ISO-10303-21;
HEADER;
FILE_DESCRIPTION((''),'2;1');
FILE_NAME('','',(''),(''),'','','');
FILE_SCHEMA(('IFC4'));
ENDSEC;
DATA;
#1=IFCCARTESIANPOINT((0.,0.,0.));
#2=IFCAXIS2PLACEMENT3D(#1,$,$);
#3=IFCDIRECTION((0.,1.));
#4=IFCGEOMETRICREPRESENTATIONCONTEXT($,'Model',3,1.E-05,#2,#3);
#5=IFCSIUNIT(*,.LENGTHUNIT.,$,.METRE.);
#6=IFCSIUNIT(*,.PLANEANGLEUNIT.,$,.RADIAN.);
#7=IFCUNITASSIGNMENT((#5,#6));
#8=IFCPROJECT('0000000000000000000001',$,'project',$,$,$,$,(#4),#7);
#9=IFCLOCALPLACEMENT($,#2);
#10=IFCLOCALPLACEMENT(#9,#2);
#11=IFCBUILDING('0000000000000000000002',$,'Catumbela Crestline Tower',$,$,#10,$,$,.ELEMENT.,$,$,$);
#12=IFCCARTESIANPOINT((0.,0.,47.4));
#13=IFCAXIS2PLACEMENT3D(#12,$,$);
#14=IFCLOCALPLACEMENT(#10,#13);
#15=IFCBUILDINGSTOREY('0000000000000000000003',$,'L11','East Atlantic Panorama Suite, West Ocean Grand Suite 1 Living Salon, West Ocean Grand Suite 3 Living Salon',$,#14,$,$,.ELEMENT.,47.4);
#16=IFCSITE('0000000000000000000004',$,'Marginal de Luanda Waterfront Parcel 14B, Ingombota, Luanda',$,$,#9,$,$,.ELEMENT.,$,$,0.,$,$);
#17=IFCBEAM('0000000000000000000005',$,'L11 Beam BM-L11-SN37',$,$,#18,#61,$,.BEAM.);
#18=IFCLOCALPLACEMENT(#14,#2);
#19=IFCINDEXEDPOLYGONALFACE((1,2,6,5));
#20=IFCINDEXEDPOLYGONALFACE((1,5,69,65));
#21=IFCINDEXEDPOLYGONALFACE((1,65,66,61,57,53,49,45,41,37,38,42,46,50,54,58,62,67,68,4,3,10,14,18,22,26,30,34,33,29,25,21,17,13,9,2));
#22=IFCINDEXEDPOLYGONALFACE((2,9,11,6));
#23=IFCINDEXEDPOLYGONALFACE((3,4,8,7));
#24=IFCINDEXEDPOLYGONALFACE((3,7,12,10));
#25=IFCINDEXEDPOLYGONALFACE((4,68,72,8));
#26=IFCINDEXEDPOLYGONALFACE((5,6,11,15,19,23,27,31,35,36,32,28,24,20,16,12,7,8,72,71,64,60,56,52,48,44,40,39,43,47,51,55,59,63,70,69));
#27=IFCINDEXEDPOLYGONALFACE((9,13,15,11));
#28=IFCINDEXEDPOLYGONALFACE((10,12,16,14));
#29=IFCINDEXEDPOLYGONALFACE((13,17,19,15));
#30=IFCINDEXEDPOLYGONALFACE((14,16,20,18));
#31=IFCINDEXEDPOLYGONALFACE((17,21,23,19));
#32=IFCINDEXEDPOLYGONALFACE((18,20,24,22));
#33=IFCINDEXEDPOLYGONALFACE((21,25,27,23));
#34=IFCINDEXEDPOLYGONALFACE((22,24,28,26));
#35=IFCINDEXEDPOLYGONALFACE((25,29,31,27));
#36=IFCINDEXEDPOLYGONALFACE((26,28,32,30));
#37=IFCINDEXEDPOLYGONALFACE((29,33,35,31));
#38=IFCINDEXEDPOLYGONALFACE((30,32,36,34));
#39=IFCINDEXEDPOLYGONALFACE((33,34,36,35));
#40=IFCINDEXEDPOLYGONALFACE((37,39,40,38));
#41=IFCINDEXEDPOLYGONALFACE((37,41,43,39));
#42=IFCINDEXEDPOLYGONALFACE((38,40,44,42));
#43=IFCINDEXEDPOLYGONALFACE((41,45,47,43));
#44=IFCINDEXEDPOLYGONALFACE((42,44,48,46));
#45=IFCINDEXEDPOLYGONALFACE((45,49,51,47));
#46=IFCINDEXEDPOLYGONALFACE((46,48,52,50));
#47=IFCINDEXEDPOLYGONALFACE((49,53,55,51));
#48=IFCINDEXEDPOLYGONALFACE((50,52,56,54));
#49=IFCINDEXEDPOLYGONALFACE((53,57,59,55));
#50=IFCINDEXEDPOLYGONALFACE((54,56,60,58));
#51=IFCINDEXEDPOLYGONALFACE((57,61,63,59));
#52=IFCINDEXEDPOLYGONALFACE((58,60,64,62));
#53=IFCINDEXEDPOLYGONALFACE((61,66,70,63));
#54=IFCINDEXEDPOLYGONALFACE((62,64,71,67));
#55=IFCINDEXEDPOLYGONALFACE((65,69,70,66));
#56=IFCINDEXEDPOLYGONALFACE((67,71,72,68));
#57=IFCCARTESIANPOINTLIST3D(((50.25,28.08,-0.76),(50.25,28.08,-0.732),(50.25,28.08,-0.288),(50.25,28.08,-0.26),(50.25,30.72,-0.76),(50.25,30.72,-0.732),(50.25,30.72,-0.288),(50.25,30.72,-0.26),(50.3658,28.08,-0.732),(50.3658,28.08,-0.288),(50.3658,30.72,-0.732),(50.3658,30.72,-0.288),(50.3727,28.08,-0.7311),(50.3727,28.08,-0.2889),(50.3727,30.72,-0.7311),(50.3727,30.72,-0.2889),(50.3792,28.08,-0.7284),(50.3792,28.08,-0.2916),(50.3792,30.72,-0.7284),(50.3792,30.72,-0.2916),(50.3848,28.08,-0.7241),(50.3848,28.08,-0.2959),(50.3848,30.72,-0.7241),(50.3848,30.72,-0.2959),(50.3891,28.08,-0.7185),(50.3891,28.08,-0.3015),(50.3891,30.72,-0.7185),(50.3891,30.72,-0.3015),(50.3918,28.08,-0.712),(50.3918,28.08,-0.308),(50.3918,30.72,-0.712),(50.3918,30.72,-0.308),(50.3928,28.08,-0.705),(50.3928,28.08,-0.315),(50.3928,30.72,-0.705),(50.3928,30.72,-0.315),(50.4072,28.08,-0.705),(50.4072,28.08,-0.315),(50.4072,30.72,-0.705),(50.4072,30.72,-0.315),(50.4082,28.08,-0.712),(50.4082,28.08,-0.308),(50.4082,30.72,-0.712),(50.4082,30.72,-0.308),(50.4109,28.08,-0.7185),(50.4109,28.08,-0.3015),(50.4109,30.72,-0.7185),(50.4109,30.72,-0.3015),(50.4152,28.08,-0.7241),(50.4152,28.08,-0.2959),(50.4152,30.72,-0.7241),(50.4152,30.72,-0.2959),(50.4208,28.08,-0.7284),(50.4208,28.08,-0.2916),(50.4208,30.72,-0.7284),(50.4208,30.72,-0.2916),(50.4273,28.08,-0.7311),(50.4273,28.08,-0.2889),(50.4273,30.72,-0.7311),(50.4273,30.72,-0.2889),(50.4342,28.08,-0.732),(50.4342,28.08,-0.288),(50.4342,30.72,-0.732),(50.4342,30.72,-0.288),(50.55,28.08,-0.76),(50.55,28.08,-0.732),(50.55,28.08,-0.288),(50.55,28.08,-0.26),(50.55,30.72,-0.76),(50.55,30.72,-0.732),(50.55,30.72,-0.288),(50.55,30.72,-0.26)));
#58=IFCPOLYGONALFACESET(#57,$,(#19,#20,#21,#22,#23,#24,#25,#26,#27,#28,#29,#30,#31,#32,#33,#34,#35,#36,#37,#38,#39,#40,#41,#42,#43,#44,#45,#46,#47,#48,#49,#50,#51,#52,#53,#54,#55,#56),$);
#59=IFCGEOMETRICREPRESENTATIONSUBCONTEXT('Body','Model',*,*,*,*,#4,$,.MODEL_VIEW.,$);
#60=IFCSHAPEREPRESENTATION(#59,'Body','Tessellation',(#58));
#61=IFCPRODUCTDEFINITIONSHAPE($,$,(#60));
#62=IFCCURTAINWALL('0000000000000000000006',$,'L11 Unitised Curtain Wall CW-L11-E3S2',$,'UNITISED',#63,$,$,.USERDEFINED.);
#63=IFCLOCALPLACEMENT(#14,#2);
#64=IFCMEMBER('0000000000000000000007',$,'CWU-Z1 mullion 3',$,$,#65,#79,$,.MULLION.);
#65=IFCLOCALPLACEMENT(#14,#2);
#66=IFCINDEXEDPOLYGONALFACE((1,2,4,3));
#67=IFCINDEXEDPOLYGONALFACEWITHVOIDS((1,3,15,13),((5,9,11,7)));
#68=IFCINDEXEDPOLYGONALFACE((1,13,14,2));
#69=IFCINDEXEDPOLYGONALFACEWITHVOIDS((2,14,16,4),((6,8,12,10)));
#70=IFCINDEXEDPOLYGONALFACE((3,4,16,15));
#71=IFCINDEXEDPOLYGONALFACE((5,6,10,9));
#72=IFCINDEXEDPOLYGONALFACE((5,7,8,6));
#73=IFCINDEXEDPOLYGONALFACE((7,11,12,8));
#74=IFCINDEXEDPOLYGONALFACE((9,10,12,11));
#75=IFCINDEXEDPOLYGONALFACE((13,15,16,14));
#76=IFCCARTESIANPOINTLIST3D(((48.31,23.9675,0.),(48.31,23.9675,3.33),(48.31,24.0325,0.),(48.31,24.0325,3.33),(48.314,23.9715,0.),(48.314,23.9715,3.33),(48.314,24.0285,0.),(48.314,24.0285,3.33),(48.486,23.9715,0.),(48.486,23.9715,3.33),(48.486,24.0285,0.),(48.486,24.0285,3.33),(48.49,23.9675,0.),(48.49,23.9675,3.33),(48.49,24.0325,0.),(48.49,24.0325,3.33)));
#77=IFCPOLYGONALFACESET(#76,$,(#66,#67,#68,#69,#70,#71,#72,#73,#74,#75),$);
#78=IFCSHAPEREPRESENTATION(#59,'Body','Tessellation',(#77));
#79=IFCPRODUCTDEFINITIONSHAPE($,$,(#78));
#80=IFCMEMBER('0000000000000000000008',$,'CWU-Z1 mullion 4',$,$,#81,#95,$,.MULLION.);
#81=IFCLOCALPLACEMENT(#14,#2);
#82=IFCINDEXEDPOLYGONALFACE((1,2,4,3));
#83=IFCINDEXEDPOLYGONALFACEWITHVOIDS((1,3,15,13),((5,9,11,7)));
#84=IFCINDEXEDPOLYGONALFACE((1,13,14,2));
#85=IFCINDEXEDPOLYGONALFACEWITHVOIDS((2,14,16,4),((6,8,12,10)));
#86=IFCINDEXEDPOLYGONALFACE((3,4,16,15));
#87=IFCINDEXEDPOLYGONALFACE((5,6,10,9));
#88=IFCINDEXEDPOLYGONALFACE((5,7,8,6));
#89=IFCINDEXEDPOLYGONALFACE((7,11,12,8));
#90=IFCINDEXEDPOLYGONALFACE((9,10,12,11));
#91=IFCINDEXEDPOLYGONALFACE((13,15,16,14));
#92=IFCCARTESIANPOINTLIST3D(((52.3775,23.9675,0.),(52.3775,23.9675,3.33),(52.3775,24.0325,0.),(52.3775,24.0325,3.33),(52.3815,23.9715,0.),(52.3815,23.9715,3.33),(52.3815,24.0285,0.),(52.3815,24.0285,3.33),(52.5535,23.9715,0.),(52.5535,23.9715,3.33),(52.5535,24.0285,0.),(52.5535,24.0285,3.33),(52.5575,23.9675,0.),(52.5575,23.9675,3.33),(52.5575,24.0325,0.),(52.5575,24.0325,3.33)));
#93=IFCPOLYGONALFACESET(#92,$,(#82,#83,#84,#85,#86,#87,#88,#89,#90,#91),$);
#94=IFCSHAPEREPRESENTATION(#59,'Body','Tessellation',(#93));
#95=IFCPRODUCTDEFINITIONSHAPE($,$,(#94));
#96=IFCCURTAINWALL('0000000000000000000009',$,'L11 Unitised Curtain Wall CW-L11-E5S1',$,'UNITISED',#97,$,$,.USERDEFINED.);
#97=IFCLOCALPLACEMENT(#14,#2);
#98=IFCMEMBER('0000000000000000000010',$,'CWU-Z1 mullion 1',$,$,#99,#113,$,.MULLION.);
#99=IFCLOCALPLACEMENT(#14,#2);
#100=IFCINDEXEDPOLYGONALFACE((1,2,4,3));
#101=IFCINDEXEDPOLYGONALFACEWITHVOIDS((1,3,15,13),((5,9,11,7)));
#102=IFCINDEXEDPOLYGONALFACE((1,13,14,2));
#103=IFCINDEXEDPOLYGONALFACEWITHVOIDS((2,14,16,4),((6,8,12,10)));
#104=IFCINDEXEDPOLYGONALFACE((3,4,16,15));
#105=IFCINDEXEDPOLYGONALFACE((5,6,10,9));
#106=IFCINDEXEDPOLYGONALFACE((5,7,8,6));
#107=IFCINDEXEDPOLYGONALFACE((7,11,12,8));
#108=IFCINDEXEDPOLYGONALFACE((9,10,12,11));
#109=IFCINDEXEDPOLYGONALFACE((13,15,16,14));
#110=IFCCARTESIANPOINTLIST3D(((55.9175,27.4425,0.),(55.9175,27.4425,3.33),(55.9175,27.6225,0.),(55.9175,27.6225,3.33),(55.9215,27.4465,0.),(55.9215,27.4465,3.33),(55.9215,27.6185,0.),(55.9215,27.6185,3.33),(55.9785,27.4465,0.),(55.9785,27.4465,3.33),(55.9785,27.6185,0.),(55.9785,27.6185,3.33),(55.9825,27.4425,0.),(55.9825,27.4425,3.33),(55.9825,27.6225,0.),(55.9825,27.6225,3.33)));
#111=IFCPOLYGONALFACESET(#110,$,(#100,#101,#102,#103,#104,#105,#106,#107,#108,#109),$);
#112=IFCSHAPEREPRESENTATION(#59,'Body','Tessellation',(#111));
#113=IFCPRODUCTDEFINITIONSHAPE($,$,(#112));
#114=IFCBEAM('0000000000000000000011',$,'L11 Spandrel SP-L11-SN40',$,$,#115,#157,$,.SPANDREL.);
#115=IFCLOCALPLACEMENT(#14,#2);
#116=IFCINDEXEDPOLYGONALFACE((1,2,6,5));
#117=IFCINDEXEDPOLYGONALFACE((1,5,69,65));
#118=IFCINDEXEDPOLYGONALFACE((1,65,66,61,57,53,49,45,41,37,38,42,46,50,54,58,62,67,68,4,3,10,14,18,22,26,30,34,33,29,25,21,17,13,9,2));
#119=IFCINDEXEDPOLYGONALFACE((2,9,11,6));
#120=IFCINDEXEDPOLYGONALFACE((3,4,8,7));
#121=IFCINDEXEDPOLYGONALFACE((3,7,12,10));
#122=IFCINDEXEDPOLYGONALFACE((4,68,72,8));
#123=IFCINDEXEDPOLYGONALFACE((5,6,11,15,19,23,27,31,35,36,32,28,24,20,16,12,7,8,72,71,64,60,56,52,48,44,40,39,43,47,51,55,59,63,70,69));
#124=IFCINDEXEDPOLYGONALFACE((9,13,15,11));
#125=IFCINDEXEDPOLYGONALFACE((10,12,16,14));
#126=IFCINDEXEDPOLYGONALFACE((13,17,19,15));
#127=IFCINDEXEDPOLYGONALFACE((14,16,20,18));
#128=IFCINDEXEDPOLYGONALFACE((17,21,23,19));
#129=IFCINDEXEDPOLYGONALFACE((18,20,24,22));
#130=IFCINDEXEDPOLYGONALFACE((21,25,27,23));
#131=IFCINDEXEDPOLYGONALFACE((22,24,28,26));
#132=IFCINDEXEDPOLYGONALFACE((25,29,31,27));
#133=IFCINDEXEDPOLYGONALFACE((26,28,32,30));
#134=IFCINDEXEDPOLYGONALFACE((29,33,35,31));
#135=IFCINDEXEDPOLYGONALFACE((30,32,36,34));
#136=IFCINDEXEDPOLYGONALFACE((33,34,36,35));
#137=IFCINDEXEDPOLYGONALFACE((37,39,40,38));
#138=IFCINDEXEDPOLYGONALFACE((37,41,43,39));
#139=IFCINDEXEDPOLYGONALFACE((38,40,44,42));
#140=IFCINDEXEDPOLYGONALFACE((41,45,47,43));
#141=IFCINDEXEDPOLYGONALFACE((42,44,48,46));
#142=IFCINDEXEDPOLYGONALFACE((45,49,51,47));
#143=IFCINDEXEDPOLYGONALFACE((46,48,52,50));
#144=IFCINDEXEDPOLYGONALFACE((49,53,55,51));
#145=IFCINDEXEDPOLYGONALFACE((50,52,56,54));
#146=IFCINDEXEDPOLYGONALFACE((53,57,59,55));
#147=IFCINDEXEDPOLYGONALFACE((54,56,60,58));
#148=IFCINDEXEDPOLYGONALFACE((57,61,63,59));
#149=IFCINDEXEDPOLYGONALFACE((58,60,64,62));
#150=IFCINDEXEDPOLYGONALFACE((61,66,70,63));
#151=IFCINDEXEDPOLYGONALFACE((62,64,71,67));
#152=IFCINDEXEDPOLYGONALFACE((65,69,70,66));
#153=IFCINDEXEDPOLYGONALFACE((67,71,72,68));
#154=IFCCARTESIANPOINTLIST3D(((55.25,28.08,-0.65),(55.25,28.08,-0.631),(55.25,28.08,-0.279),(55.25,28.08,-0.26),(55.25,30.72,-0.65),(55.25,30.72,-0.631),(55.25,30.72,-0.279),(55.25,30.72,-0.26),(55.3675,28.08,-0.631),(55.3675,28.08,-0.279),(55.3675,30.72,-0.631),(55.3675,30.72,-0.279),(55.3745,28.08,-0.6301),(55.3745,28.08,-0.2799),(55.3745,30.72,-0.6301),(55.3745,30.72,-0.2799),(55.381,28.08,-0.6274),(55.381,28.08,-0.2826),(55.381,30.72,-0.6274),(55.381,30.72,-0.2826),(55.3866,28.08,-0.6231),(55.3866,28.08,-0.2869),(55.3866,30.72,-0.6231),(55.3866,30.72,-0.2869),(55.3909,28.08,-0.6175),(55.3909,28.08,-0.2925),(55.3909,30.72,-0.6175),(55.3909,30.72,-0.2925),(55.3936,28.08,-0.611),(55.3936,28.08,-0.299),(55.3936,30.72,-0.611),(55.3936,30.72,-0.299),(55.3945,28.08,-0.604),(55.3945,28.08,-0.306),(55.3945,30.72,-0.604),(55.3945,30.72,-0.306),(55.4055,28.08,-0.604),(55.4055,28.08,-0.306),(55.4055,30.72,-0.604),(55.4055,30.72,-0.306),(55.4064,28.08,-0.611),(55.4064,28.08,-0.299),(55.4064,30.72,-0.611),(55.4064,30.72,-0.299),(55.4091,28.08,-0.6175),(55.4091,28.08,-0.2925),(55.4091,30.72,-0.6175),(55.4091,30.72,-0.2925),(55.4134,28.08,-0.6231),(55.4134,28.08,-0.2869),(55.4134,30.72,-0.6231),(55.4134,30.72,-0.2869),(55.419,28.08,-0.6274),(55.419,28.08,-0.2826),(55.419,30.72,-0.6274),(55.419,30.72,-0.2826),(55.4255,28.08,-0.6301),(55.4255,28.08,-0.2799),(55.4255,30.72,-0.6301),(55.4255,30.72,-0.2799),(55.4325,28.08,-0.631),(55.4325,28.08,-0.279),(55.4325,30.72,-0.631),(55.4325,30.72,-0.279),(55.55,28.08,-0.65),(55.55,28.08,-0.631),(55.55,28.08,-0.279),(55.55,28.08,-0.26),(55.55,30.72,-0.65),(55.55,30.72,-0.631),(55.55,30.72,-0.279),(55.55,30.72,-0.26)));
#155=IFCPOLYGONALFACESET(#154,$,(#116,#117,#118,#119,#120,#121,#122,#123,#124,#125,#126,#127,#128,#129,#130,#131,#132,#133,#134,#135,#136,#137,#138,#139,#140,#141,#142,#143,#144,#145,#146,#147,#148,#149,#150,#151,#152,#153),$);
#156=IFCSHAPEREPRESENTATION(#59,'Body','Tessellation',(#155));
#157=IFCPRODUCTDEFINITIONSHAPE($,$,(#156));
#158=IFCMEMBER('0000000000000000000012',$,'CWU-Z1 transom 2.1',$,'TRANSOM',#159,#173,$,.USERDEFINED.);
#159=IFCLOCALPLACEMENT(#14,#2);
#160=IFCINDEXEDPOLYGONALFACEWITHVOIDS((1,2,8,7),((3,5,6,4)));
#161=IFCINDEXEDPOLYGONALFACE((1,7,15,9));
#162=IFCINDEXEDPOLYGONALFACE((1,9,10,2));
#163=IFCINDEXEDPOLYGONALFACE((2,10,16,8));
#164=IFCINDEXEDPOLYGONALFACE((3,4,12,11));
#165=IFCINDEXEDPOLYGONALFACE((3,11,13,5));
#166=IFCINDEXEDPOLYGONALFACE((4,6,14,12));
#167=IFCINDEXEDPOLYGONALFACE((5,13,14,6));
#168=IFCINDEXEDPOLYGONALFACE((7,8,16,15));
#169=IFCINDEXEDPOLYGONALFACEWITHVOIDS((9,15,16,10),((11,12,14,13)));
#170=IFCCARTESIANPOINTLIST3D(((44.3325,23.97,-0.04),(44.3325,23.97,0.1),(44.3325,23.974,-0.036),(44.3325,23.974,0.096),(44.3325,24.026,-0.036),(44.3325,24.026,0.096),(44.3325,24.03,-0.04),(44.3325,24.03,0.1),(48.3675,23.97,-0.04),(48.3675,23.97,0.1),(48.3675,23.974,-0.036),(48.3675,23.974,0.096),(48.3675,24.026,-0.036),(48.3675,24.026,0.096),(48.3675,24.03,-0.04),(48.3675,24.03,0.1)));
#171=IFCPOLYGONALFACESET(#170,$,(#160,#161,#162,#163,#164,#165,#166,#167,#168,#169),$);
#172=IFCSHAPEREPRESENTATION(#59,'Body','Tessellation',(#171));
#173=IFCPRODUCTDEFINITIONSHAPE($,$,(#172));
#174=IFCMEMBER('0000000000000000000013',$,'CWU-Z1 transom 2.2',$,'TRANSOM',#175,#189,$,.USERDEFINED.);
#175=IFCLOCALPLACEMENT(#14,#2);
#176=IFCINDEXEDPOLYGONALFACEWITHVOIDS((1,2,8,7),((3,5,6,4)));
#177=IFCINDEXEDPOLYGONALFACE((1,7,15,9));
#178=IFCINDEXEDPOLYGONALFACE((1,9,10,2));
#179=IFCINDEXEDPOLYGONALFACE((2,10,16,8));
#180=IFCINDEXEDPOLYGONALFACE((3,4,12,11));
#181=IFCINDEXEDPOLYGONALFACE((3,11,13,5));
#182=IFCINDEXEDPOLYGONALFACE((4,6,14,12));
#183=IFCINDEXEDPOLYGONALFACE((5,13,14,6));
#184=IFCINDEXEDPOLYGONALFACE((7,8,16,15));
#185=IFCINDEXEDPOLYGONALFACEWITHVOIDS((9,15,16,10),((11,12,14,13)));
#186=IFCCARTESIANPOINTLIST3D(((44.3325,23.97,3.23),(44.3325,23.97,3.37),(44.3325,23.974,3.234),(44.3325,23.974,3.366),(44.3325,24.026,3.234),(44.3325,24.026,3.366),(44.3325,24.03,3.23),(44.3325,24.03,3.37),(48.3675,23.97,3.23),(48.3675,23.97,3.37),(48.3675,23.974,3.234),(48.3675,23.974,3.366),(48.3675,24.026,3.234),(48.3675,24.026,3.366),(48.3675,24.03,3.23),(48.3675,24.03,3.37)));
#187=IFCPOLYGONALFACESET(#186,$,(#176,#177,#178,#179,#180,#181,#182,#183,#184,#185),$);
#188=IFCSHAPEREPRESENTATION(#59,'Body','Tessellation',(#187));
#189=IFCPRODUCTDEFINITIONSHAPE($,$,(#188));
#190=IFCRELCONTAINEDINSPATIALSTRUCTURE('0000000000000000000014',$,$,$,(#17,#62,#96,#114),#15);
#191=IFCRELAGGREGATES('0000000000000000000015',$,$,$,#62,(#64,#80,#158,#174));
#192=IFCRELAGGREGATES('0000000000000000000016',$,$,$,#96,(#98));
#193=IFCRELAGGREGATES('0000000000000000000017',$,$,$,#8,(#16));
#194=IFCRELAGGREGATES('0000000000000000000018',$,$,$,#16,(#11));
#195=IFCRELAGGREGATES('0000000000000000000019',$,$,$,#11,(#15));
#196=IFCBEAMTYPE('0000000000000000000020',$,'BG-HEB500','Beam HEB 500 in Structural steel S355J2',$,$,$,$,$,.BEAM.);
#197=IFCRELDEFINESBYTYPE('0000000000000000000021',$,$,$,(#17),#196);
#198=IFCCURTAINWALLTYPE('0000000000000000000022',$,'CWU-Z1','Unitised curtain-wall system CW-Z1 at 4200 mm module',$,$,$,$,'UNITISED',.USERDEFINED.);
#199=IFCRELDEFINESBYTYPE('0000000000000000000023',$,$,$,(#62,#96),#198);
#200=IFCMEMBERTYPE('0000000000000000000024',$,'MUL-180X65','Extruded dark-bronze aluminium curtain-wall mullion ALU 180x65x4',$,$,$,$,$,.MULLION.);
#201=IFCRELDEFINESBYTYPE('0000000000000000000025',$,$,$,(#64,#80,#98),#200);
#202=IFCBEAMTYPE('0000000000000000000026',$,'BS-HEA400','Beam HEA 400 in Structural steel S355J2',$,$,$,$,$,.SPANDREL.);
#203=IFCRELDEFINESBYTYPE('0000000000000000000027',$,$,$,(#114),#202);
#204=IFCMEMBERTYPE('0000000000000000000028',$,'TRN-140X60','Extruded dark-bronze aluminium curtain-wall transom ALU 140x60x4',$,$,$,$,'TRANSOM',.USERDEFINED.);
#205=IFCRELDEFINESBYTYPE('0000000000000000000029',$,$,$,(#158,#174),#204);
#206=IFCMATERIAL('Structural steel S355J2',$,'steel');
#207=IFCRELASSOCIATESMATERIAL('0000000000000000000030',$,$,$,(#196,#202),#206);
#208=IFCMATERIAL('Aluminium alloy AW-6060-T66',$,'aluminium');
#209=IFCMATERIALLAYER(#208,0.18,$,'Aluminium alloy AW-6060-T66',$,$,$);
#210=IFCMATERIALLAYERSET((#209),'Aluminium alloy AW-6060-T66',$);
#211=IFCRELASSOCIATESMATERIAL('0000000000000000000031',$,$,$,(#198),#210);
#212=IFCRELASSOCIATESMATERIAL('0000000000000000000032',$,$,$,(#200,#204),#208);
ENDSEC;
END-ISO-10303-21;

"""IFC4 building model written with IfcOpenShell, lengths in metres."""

from ifc_helpers import new_model, si_unit, direction, frame, origin, origin_2d, place, context, subcontext, project, spatial, hollow_rectangle, i_section, extrude, material, layer, layer_set, material_profile, profile_set, type_object, element, aggregate, save


model = new_model("IFC4")

# Units and contexts
model_context = context("Model", 3, precision=1e-05, world=origin(), true_north=direction((0.0, 1.0)))
body_context = subcontext(model_context, "Body", "Model", "MODEL_VIEW")
ifc_project = project(units=[si_unit("LENGTHUNIT", "METRE"), si_unit("PLANEANGLEUNIT", "RADIAN")], contexts=[model_context])

# Site, building, storey
site_placement = place(None, origin())
site = spatial("IfcSite", under=ifc_project, at=site_placement, Name="Marginal de Luanda Waterfront Parcel 14B, Ingombota, Luanda", CompositionType="ELEMENT", RefElevation=0.0)
building_placement = place(site_placement, origin())
building = spatial("IfcBuilding", under=site, at=building_placement, Name="Catumbela Crestline Tower", CompositionType="ELEMENT")
storey_placement = place(building_placement, frame((0.0, 0.0, 47.4)))
storey = spatial("IfcBuildingStorey", under=building, at=storey_placement, Name="L11", Description="East Atlantic Panorama Suite, West Ocean Grand Suite 1 Living Salon, West Ocean Grand Suite 3 Living Salon", CompositionType="ELEMENT", Elevation=47.4)

# Beam
ifc_material_1 = material(Name="Structural steel S355J2", Category="steel")
ifc_material_profile_1 = material_profile(ifc_material_1, i_section(OverallWidth=0.3, OverallDepth=0.5, WebThickness=0.0145, FlangeThickness=0.028, FilletRadius=0.027, at=origin_2d()), Name="HEB 500")
ifc_profile_set_1 = profile_set([ifc_material_profile_1], Name="Structural steel S355J2")
beam_type_1 = type_object("IfcBeamType", Name="BG-HEB500", Description="Beam HEB 500 in Structural steel S355J2", PredefinedType="BEAM", material=ifc_profile_set_1)
beam_1_placement = place(storey_placement, frame((50.4, 28.08, -0.51), z_axis=(0.0, 1.0, 0.0), x_axis=(-1.0, 0.0, 0.0)))
element("IfcBeam", 1, at=beam_1_placement, inside=storey, type_object=beam_type_1, Name="L11 Beam BM-L11-SN37", PredefinedType="BEAM", context=body_context, shape_type="SweptSolid", body=[
    extrude(i_section(OverallWidth=0.3, OverallDepth=0.5, WebThickness=0.0145, FlangeThickness=0.028, FilletRadius=0.027, at=origin_2d()), origin(), (0.0, 0.0, 1.0), 2.64),
])

# Curtain wall, members
ifc_material_2 = material(Name="Aluminium alloy AW-6060-T66", Category="aluminium")
ifc_layer_1 = layer(ifc_material_2, 0.18, Name="Aluminium alloy AW-6060-T66")
ifc_layer_set_1 = layer_set([ifc_layer_1], Name="Aluminium alloy AW-6060-T66")
curtain_wall_type = type_object("IfcCurtainWallType", Name="CWU-Z1", Description="Unitised curtain-wall system CW-Z1 at 4200 mm module", ElementType="UNITISED", PredefinedType="USERDEFINED", material=ifc_layer_set_1)
curtain_wall_1_placement = place(storey_placement, origin())
curtain_wall_1 = element("IfcCurtainWall", 2, at=curtain_wall_1_placement, inside=storey, type_object=curtain_wall_type, Name="L11 Unitised Curtain Wall CW-L11-E3S2", ObjectType="UNITISED", PredefinedType="USERDEFINED")
ifc_material_profile_2 = material_profile(ifc_material_2, hollow_rectangle(XDim=0.065, YDim=0.18, WallThickness=0.004, at=origin_2d()), Name="ALU 180x65x4")
ifc_profile_set_2 = profile_set([ifc_material_profile_2], Name="Aluminium alloy AW-6060-T66")
member_type_1 = type_object("IfcMemberType", Name="MUL-180X65", Description="Extruded dark-bronze aluminium curtain-wall mullion ALU 180x65x4", PredefinedType="MULLION", material=ifc_profile_set_2)
member_1_placement = place(storey_placement, frame((48.4, 24.0, 0.0), z_axis=(0.0, 0.0, 1.0), x_axis=(0.0, 1.0, 0.0)))
member_1 = element("IfcMember", 3, at=member_1_placement, type_object=member_type_1, Name="CWU-Z1 mullion 3", PredefinedType="MULLION", context=body_context, shape_type="SweptSolid", body=[
    extrude(hollow_rectangle(XDim=0.065, YDim=0.18, WallThickness=0.004, at=origin_2d()), origin(), (0.0, 0.0, 1.0), 3.33),
])
member_2_placement = place(storey_placement, frame((52.4675, 24.0, 0.0), z_axis=(0.0, 0.0, 1.0), x_axis=(0.0, 1.0, 0.0)))
member_2 = element("IfcMember", 4, at=member_2_placement, type_object=member_type_1, Name="CWU-Z1 mullion 4", PredefinedType="MULLION", context=body_context, shape_type="SweptSolid", body=[
    extrude(hollow_rectangle(XDim=0.065, YDim=0.18, WallThickness=0.004, at=origin_2d()), origin(), (0.0, 0.0, 1.0), 3.33),
])

# Curtain wall, member
curtain_wall_2_placement = place(storey_placement, origin())
curtain_wall_2 = element("IfcCurtainWall", 5, at=curtain_wall_2_placement, inside=storey, type_object=curtain_wall_type, Name="L11 Unitised Curtain Wall CW-L11-E5S1", ObjectType="UNITISED", PredefinedType="USERDEFINED")
member_3_placement = place(storey_placement, frame((55.95, 27.5325, 0.0), z_axis=(0.0, 0.0, 1.0), x_axis=(-1.0, 0.0, 0.0)))
member_3 = element("IfcMember", 6, at=member_3_placement, type_object=member_type_1, Name="CWU-Z1 mullion 1", PredefinedType="MULLION", context=body_context, shape_type="SweptSolid", body=[
    extrude(hollow_rectangle(XDim=0.065, YDim=0.18, WallThickness=0.004, at=origin_2d()), origin(), (0.0, 0.0, 1.0), 3.33),
])

# Beam
ifc_material_profile_3 = material_profile(ifc_material_1, i_section(OverallWidth=0.3, OverallDepth=0.39, WebThickness=0.011, FlangeThickness=0.019, FilletRadius=0.027, at=origin_2d()), Name="HEA 400")
ifc_profile_set_3 = profile_set([ifc_material_profile_3], Name="Structural steel S355J2")
beam_type_2 = type_object("IfcBeamType", Name="BS-HEA400", Description="Beam HEA 400 in Structural steel S355J2", PredefinedType="SPANDREL", material=ifc_profile_set_3)
beam_2_placement = place(storey_placement, frame((55.4, 28.08, -0.455), z_axis=(0.0, 1.0, 0.0), x_axis=(-1.0, 0.0, 0.0)))
element("IfcBeam", 7, at=beam_2_placement, inside=storey, type_object=beam_type_2, Name="L11 Spandrel SP-L11-SN40", PredefinedType="SPANDREL", context=body_context, shape_type="SweptSolid", body=[
    extrude(i_section(OverallWidth=0.3, OverallDepth=0.39, WebThickness=0.011, FlangeThickness=0.019, FilletRadius=0.027, at=origin_2d()), origin(), (0.0, 0.0, 1.0), 2.64),
])

# Members
ifc_material_profile_4 = material_profile(ifc_material_2, hollow_rectangle(XDim=0.06, YDim=0.14, WallThickness=0.004, at=origin_2d()), Name="ALU 140x60x4")
ifc_profile_set_4 = profile_set([ifc_material_profile_4], Name="Aluminium alloy AW-6060-T66")
member_type_2 = type_object("IfcMemberType", Name="TRN-140X60", Description="Extruded dark-bronze aluminium curtain-wall transom ALU 140x60x4", ElementType="TRANSOM", PredefinedType="USERDEFINED", material=ifc_profile_set_4)
member_4_placement = place(storey_placement, frame((44.3325, 24.0, 0.03), z_axis=(1.0, 0.0, 0.0), x_axis=(0.0, 1.0, 0.0)))
member_4 = element("IfcMember", 8, at=member_4_placement, type_object=member_type_2, Name="CWU-Z1 transom 2.1", ObjectType="TRANSOM", PredefinedType="USERDEFINED", context=body_context, shape_type="SweptSolid", body=[
    extrude(hollow_rectangle(XDim=0.06, YDim=0.14, WallThickness=0.004, at=origin_2d()), origin(), (0.0, 0.0, 1.0), 4.035),
])
member_5_placement = place(storey_placement, frame((44.3325, 24.0, 3.3), z_axis=(1.0, 0.0, 0.0), x_axis=(0.0, 1.0, 0.0)))
member_5 = element("IfcMember", 9, at=member_5_placement, type_object=member_type_2, Name="CWU-Z1 transom 2.2", ObjectType="TRANSOM", PredefinedType="USERDEFINED", context=body_context, shape_type="SweptSolid", body=[
    extrude(hollow_rectangle(XDim=0.06, YDim=0.14, WallThickness=0.004, at=origin_2d()), origin(), (0.0, 0.0, 1.0), 4.035),
])

aggregate(curtain_wall_1, [member_1, member_2, member_4, member_5])
aggregate(curtain_wall_2, [member_3])

save(model, "model.ifc")
